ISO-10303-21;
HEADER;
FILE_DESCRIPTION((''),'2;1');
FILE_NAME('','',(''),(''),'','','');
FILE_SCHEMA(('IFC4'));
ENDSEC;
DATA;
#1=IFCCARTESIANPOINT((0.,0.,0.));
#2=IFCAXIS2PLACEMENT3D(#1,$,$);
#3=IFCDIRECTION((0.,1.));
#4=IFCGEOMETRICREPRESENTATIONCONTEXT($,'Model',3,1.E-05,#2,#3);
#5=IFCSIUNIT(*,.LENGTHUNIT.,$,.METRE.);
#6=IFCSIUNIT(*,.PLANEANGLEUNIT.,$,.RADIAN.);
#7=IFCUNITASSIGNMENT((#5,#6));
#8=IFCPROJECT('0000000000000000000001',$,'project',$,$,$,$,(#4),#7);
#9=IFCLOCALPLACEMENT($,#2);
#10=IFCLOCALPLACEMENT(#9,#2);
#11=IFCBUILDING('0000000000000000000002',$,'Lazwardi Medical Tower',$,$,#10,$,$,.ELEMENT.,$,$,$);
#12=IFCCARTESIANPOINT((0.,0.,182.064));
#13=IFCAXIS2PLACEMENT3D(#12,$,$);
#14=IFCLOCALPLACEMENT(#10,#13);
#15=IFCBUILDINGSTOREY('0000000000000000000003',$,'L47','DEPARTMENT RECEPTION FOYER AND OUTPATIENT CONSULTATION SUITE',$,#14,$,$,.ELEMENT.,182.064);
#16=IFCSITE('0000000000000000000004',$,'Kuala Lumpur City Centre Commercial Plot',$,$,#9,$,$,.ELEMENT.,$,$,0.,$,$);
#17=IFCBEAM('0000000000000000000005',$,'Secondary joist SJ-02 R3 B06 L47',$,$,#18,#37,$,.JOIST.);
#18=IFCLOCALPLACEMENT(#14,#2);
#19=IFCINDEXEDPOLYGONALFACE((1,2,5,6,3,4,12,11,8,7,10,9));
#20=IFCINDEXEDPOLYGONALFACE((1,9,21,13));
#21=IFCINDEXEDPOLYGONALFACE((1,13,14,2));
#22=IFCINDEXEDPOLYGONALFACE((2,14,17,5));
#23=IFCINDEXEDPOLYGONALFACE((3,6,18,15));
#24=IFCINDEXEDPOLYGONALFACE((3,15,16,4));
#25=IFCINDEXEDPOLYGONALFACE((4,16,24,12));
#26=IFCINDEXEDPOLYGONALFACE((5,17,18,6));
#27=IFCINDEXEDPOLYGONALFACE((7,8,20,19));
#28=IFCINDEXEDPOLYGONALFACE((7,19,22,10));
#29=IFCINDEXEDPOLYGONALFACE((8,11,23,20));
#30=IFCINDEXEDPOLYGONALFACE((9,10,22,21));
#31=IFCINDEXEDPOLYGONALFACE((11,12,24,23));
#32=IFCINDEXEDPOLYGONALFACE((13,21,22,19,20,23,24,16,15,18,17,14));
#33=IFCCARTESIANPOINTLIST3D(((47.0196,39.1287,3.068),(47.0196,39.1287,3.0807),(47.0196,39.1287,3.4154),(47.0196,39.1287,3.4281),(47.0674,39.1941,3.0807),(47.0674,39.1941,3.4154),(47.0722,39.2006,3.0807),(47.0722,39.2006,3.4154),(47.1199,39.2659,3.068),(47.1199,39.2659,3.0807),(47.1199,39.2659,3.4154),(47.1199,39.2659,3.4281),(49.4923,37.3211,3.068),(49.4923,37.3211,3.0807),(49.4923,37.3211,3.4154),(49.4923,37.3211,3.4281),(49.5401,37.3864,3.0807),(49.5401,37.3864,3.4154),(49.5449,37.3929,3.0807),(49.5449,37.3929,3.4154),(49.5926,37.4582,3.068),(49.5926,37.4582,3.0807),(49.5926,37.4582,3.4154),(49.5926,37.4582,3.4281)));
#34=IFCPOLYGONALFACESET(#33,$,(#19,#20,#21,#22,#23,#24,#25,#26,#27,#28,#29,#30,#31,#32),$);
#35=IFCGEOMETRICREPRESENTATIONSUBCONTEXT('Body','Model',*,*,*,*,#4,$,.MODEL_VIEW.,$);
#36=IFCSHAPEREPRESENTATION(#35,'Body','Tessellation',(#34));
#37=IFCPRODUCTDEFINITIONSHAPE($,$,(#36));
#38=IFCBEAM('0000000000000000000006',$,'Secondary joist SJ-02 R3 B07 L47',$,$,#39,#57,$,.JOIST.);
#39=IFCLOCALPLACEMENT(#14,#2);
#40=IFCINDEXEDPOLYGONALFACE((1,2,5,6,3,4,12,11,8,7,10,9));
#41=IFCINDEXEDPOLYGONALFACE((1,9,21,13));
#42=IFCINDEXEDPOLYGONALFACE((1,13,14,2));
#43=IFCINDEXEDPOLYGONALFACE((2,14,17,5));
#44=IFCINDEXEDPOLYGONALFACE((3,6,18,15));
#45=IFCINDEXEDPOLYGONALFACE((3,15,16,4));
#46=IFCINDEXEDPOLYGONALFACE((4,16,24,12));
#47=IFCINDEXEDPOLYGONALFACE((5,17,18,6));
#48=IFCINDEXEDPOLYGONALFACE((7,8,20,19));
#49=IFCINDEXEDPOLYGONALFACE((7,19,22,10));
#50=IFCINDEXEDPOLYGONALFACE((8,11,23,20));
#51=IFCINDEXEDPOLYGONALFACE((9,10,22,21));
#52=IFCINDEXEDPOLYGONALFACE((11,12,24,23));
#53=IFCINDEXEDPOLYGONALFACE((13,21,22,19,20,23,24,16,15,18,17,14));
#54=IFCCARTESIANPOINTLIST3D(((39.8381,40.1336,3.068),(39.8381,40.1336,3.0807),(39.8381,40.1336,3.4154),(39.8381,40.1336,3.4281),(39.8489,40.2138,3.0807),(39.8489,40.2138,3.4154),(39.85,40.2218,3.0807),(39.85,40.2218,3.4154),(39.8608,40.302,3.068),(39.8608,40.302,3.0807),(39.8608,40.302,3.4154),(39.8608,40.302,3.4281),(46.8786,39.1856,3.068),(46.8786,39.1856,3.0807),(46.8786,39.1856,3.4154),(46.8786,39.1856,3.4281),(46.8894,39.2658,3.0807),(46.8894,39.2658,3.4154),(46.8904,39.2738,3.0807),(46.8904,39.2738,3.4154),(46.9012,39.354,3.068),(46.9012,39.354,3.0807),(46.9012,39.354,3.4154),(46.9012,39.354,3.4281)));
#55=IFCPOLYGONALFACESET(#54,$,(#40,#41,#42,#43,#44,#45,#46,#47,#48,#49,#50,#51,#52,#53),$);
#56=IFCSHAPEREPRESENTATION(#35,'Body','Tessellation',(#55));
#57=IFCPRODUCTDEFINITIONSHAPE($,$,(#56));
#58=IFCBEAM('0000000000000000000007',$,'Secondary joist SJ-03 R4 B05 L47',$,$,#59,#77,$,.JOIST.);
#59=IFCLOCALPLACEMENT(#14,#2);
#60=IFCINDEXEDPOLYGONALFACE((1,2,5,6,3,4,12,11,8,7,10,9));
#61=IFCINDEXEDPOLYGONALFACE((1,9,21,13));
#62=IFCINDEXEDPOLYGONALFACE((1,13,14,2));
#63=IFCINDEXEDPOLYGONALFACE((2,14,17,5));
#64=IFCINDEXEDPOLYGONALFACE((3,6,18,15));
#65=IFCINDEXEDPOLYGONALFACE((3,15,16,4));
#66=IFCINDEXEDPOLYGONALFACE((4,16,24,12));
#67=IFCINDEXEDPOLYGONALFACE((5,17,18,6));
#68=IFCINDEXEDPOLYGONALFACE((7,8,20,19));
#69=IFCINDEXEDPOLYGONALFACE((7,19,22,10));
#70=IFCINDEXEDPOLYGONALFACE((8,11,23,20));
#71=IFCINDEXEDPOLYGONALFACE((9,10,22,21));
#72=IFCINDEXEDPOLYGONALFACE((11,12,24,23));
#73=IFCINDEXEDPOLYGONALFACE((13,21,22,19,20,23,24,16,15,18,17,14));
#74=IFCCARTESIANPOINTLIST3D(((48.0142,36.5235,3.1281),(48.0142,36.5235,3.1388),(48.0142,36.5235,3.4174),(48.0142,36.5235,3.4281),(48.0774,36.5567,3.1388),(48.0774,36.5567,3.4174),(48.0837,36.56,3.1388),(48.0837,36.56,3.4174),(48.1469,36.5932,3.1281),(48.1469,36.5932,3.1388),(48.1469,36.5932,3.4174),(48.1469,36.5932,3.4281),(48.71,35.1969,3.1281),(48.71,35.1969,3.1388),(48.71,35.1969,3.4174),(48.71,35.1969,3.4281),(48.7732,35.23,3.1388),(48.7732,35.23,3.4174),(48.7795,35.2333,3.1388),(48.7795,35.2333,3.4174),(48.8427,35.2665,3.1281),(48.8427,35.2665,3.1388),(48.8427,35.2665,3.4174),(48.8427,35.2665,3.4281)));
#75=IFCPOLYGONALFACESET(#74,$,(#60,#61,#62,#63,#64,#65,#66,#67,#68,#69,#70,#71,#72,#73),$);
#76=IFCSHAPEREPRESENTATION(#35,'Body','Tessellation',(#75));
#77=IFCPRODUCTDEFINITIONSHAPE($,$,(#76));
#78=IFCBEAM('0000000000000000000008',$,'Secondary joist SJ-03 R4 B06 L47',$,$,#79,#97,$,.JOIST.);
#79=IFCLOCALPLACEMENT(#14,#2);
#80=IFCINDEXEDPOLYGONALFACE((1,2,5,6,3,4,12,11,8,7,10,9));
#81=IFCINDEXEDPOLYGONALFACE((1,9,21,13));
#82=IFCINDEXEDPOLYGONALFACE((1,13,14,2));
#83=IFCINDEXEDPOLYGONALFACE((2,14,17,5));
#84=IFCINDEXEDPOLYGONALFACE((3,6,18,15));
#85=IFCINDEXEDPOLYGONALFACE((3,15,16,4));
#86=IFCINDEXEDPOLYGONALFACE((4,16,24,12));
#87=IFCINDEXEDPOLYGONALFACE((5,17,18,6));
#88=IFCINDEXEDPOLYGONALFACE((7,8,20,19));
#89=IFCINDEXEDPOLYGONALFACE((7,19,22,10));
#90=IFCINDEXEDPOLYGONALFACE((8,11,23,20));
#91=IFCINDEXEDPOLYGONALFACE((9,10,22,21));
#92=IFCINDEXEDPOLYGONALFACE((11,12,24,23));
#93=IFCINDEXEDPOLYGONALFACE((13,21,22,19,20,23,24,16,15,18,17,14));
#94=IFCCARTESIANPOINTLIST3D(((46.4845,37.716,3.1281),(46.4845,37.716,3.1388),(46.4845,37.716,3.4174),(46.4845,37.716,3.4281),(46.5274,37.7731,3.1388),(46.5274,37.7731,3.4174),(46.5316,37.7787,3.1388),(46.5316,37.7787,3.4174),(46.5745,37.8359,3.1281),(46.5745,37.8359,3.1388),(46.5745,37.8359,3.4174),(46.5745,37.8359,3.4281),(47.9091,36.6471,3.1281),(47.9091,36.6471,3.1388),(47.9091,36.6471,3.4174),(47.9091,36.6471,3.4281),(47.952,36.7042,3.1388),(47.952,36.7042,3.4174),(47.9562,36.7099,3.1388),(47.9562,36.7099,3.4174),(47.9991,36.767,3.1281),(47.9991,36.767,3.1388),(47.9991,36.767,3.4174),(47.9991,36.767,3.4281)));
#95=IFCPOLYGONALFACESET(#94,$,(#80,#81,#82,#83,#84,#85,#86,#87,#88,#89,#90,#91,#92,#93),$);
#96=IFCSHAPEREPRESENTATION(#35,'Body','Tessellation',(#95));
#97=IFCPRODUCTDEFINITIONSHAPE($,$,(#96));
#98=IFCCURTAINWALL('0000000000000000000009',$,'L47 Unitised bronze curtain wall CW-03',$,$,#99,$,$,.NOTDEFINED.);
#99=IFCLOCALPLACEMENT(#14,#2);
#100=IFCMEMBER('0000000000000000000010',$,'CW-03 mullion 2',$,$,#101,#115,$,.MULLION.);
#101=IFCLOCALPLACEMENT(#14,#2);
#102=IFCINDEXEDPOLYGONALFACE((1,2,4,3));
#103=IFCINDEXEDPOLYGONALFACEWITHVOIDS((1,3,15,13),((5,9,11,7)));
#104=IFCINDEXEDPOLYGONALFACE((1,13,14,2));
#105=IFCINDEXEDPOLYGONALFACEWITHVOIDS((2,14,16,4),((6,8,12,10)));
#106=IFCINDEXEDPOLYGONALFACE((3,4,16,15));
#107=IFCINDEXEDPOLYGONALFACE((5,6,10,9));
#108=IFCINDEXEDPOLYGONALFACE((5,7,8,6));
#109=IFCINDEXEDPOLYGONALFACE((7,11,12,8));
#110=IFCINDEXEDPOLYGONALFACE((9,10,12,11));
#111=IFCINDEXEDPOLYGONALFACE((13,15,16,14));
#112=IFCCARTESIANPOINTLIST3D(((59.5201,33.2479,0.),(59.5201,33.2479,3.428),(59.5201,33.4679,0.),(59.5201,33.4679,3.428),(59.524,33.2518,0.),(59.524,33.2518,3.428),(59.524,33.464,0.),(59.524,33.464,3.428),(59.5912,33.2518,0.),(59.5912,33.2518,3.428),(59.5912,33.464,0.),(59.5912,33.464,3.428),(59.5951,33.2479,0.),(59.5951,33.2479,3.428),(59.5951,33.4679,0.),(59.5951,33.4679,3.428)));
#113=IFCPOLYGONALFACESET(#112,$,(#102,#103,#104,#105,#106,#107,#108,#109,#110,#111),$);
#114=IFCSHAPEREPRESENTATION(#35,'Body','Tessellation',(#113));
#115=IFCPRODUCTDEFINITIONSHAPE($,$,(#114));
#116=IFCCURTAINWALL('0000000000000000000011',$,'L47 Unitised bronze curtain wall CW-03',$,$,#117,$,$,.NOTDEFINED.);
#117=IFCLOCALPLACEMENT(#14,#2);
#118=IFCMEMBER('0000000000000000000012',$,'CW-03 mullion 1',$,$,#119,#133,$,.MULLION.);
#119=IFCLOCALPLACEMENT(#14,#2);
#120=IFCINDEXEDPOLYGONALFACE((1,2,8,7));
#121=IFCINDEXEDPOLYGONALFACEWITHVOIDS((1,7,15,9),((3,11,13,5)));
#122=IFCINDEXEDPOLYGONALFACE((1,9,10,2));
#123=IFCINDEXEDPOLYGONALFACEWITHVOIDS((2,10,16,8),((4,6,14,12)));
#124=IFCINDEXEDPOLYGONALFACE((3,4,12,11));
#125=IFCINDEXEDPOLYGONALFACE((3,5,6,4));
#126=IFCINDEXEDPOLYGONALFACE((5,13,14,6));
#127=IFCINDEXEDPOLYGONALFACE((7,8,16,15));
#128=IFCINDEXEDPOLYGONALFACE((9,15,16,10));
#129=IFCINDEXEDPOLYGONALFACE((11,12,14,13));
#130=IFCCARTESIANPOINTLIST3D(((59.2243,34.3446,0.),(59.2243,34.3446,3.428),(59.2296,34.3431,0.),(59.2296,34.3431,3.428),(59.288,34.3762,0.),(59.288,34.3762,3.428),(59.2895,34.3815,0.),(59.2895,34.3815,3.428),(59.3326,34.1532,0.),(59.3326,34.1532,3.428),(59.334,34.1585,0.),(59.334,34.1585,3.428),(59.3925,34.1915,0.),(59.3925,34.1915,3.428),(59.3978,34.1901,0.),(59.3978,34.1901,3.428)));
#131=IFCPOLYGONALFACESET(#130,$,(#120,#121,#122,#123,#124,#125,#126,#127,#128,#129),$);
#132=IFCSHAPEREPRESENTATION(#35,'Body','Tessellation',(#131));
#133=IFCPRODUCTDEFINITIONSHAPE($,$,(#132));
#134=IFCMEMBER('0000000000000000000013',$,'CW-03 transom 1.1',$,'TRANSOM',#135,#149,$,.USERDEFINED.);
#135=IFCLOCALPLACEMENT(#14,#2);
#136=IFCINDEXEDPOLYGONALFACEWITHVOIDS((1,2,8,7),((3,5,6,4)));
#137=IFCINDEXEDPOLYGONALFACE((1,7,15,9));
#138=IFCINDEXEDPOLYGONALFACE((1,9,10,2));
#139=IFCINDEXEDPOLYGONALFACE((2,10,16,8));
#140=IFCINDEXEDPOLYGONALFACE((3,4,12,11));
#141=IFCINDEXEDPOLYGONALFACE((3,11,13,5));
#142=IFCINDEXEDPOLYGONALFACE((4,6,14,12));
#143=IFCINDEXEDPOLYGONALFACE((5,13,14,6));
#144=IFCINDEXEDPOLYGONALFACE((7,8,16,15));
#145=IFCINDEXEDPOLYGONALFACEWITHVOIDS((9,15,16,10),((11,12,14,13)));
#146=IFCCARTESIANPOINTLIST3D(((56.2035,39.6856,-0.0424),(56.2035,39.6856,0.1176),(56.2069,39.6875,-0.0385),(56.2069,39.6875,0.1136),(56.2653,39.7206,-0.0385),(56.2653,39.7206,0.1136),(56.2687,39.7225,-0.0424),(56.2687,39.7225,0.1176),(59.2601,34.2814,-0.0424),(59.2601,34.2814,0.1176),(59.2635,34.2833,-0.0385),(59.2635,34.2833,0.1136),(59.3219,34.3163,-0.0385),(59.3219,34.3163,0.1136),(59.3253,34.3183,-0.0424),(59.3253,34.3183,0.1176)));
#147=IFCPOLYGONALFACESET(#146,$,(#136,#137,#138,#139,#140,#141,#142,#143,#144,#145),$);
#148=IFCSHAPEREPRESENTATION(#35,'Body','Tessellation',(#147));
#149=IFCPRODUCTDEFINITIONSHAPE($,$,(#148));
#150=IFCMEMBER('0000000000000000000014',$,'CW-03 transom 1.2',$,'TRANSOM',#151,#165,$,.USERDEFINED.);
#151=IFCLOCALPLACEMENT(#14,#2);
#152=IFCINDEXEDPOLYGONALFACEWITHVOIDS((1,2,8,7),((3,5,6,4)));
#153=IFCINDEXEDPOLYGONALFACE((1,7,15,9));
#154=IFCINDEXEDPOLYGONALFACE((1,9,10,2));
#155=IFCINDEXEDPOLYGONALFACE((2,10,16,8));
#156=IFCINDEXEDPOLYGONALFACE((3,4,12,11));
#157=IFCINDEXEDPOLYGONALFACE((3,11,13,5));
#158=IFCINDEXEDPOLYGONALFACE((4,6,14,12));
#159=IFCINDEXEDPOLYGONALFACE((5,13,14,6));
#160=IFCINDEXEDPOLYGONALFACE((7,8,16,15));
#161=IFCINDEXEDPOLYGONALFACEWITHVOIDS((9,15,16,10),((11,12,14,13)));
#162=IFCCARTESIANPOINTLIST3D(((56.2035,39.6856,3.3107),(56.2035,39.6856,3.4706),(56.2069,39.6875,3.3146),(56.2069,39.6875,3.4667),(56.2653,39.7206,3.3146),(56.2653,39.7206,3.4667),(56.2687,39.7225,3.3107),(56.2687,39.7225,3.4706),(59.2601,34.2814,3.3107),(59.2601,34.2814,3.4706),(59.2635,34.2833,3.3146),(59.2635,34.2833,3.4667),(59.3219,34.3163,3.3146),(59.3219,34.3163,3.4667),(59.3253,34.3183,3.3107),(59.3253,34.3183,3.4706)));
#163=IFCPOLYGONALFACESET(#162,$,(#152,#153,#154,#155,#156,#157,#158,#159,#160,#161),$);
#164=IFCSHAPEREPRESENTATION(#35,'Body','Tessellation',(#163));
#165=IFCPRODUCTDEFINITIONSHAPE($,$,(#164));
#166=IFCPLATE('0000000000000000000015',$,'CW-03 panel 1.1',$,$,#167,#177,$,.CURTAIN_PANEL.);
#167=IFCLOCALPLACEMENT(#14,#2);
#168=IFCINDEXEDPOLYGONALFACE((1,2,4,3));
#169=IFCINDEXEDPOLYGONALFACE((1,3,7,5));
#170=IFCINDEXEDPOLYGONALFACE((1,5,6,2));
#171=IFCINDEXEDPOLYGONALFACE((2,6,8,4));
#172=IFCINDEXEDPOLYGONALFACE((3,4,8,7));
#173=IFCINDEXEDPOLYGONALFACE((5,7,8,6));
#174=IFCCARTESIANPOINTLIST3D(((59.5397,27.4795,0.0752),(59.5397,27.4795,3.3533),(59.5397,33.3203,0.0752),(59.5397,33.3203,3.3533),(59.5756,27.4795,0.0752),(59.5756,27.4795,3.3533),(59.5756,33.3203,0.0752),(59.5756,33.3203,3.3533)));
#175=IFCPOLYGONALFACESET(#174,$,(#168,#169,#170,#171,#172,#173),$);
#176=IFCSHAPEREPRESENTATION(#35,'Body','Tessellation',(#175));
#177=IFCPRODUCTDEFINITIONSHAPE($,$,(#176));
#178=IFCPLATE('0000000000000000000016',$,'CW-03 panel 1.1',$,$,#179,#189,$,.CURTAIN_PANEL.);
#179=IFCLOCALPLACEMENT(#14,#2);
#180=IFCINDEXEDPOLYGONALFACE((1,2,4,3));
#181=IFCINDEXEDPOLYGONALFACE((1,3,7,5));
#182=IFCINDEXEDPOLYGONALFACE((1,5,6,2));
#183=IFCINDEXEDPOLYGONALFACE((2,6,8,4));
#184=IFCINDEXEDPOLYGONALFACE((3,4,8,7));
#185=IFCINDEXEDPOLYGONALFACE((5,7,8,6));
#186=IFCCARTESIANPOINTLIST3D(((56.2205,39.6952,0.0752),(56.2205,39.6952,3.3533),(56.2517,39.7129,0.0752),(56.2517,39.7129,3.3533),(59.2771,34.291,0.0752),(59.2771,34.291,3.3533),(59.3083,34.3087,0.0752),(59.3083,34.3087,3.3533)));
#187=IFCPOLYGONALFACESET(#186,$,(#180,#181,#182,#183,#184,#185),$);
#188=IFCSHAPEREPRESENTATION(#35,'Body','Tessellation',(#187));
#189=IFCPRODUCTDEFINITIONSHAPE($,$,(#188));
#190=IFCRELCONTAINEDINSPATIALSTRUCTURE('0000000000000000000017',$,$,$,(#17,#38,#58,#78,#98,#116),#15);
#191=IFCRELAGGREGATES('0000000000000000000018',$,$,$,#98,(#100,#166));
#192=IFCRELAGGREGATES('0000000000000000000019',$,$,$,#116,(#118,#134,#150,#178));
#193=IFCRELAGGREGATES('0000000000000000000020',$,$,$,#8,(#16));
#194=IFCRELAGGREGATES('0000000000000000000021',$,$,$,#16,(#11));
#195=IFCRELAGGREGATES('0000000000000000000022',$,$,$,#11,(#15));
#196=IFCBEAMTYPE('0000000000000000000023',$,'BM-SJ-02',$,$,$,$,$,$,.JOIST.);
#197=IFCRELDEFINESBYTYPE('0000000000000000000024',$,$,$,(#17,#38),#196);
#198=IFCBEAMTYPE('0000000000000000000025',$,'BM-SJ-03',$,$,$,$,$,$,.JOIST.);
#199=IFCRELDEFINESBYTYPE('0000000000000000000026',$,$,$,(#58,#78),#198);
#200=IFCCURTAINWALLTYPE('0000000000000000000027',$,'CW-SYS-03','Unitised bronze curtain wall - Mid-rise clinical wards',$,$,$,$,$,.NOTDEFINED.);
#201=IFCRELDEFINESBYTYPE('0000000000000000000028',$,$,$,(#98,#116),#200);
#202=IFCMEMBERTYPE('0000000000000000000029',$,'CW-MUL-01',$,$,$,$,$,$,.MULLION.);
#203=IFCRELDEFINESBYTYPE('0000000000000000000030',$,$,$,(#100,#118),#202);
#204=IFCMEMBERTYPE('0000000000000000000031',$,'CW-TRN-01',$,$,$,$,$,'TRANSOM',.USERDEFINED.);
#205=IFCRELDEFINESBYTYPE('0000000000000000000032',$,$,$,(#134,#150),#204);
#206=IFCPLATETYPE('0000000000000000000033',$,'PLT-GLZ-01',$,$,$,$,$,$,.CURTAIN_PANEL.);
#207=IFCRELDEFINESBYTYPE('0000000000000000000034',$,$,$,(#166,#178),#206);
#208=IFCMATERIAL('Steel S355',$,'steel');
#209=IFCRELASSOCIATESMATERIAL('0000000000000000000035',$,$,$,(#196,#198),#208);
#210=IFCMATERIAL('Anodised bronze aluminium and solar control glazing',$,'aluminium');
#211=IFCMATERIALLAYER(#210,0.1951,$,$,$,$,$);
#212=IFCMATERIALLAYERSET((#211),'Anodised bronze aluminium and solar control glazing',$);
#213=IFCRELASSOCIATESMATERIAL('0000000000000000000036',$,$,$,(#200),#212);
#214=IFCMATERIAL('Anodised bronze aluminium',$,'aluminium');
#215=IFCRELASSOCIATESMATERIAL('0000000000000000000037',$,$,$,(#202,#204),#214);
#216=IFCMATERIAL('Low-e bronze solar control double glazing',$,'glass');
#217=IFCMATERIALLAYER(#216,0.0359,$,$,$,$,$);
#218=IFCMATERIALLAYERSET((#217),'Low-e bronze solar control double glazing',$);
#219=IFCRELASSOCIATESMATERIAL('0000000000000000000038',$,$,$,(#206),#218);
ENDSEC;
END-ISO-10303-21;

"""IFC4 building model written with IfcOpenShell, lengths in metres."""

from ifc_helpers import new_model, si_unit, direction, frame, origin, origin_2d, place, context, subcontext, project, spatial, rectangle, hollow_rectangle, i_section, extrude, material, layer, layer_set, material_profile, profile_set, type_object, element, aggregate, save


model = new_model("IFC4")

# Units and contexts
model_context = context("Model", 3, precision=1e-05, world=origin(), true_north=direction((0.0, 1.0)))
body_context = subcontext(model_context, "Body", "Model", "MODEL_VIEW")
ifc_project = project(units=[si_unit("LENGTHUNIT", "METRE"), si_unit("PLANEANGLEUNIT", "RADIAN")], contexts=[model_context])

# Site, building, storey
site_placement = place(None, origin())
site = spatial("IfcSite", under=ifc_project, at=site_placement, Name="Kuala Lumpur City Centre Commercial Plot", CompositionType="ELEMENT", RefElevation=0.0)
building_placement = place(site_placement, origin())
building = spatial("IfcBuilding", under=site, at=building_placement, Name="Lazwardi Medical Tower", CompositionType="ELEMENT")
storey_placement = place(building_placement, frame((0.0, 0.0, 182.064)))
storey = spatial("IfcBuildingStorey", under=building, at=storey_placement, Name="L47", Description="DEPARTMENT RECEPTION FOYER AND OUTPATIENT CONSULTATION SUITE", CompositionType="ELEMENT", Elevation=182.064)

# Beams
ifc_material_1 = material(Name="Steel S355", Category="steel")
ifc_material_profile_1 = material_profile(ifc_material_1, i_section(OverallWidth=0.1699, OverallDepth=0.3601, WebThickness=0.0081, FlangeThickness=0.0127, at=origin_2d()), Name="IPE 360")
ifc_profile_set_1 = profile_set([ifc_material_profile_1], Name="Steel S355")
beam_type_1 = type_object("IfcBeamType", Name="BM-SJ-02", PredefinedType="JOIST", material=ifc_profile_set_1)
beam_1_placement = place(storey_placement, frame((49.5425, 37.3896, 3.248), z_axis=(-0.807286, 0.59016, 0.0), x_axis=(-0.59016, -0.807286, 0.0)))
element("IfcBeam", 1, at=beam_1_placement, inside=storey, type_object=beam_type_1, Name="Secondary joist SJ-02 R3 B06 L47", PredefinedType="JOIST", context=body_context, shape_type="SweptSolid", body=[
    extrude(i_section(OverallWidth=0.1699, OverallDepth=0.3601, WebThickness=0.0081, FlangeThickness=0.0127, at=origin_2d()), origin(), (0.0, 0.0, 1.0), 3.063),
])
beam_2_placement = place(storey_placement, frame((46.8899, 39.2698, 3.248), z_axis=(-0.991056, 0.133444, 0.0), x_axis=(-0.133444, -0.991056, 0.0)))
element("IfcBeam", 2, at=beam_2_placement, inside=storey, type_object=beam_type_1, Name="Secondary joist SJ-02 R3 B07 L47", PredefinedType="JOIST", context=body_context, shape_type="SweptSolid", body=[
    extrude(i_section(OverallWidth=0.1699, OverallDepth=0.3601, WebThickness=0.0081, FlangeThickness=0.0127, at=origin_2d()), origin(), (0.0, 0.0, 1.0), 7.104),
])
ifc_material_profile_2 = material_profile(ifc_material_1, i_section(OverallWidth=0.1499, OverallDepth=0.3, WebThickness=0.0071, FlangeThickness=0.0107, at=origin_2d()), Name="IPE 300")
ifc_profile_set_2 = profile_set([ifc_material_profile_2], Name="Steel S355")
beam_type_2 = type_object("IfcBeamType", Name="BM-SJ-03", PredefinedType="JOIST", material=ifc_profile_set_2)
beam_3_placement = place(storey_placement, frame((48.7764, 35.2317, 3.2781), z_axis=(-0.46447, 0.885589, 0.0), x_axis=(-0.885589, -0.46447, 0.0)))
element("IfcBeam", 3, at=beam_3_placement, inside=storey, type_object=beam_type_2, Name="Secondary joist SJ-03 R4 B05 L47", PredefinedType="JOIST", context=body_context, shape_type="SweptSolid", body=[
    extrude(i_section(OverallWidth=0.1499, OverallDepth=0.3, WebThickness=0.0071, FlangeThickness=0.0107, at=origin_2d()), origin(), (0.0, 0.0, 1.0), 1.498),
])
beam_4_placement = place(storey_placement, frame((47.9541, 36.707, 3.2781), z_axis=(-0.799885, 0.600154, 0.0), x_axis=(-0.600154, -0.799885, 0.0)))
element("IfcBeam", 4, at=beam_4_placement, inside=storey, type_object=beam_type_2, Name="Secondary joist SJ-03 R4 B06 L47", PredefinedType="JOIST", context=body_context, shape_type="SweptSolid", body=[
    extrude(i_section(OverallWidth=0.1499, OverallDepth=0.3, WebThickness=0.0071, FlangeThickness=0.0107, at=origin_2d()), origin(), (0.0, 0.0, 1.0), 1.781),
])

# Curtain wall, member
ifc_material_2 = material(Name="Anodised bronze aluminium and solar control glazing", Category="aluminium")
ifc_layer_1 = layer(ifc_material_2, 0.1951)
ifc_layer_set_1 = layer_set([ifc_layer_1], Name="Anodised bronze aluminium and solar control glazing")
curtain_wall_type = type_object("IfcCurtainWallType", Name="CW-SYS-03", Description="Unitised bronze curtain wall - Mid-rise clinical wards", PredefinedType="NOTDEFINED", material=ifc_layer_set_1)
curtain_wall_1_placement = place(storey_placement, origin())
curtain_wall_1 = element("IfcCurtainWall", 5, at=curtain_wall_1_placement, inside=storey, type_object=curtain_wall_type, Name="L47 Unitised bronze curtain wall CW-03", PredefinedType="NOTDEFINED")
ifc_material_3 = material(Name="Anodised bronze aluminium", Category="aluminium")
ifc_material_profile_3 = material_profile(ifc_material_3, hollow_rectangle(XDim=0.075, YDim=0.22, WallThickness=0.0039, at=origin_2d()), Name="ALU-MULLION 220x75x4")
ifc_profile_set_3 = profile_set([ifc_material_profile_3], Name="Anodised bronze aluminium")
member_type_1 = type_object("IfcMemberType", Name="CW-MUL-01", PredefinedType="MULLION", material=ifc_profile_set_3)
member_1_placement = place(storey_placement, frame((59.5576, 33.3579, 0.0), z_axis=(0.0, 0.0, 1.0), x_axis=(-1.0, 0.0, 0.0)))
member_1 = element("IfcMember", 6, at=member_1_placement, type_object=member_type_1, Name="CW-03 mullion 2", PredefinedType="MULLION", context=body_context, shape_type="SweptSolid", body=[
    extrude(hollow_rectangle(XDim=0.075, YDim=0.22, WallThickness=0.0039, at=origin_2d()), origin(), (0.0, 0.0, 1.0), 3.428),
])

# Curtain wall, members
curtain_wall_2_placement = place(storey_placement, origin())
curtain_wall_2 = element("IfcCurtainWall", 7, at=curtain_wall_2_placement, inside=storey, type_object=curtain_wall_type, Name="L47 Unitised bronze curtain wall CW-03", PredefinedType="NOTDEFINED")
member_2_placement = place(storey_placement, frame((59.311, 34.2673, 0.0), z_axis=(0.0, 0.0, 1.0), x_axis=(-0.870419, -0.492312, 0.0)))
member_2 = element("IfcMember", 8, at=member_2_placement, type_object=member_type_1, Name="CW-03 mullion 1", PredefinedType="MULLION", context=body_context, shape_type="SweptSolid", body=[
    extrude(hollow_rectangle(XDim=0.075, YDim=0.22, WallThickness=0.0039, at=origin_2d()), origin(), (0.0, 0.0, 1.0), 3.428),
])
ifc_material_profile_4 = material_profile(ifc_material_3, hollow_rectangle(XDim=0.075, YDim=0.1599, WallThickness=0.0039, at=origin_2d()), Name="ALU-TRANSOM 160x75x4")
ifc_profile_set_4 = profile_set([ifc_material_profile_4], Name="Anodised bronze aluminium")
member_type_2 = type_object("IfcMemberType", Name="CW-TRN-01", ElementType="TRANSOM", PredefinedType="USERDEFINED", material=ifc_profile_set_4)
member_3_placement = place(storey_placement, frame((59.2927, 34.2998, 0.0376), z_axis=(-0.492306, 0.870422, 0.0), x_axis=(-0.870422, -0.492306, 0.0)))
member_3 = element("IfcMember", 9, at=member_3_placement, type_object=member_type_2, Name="CW-03 transom 1.1", ObjectType="TRANSOM", PredefinedType="USERDEFINED", context=body_context, shape_type="SweptSolid", body=[
    extrude(hollow_rectangle(XDim=0.075, YDim=0.1599, WallThickness=0.0039, at=origin_2d()), origin(), (0.0, 0.0, 1.0), 6.2087),
])
member_4_placement = place(storey_placement, frame((59.2927, 34.2998, 3.3906), z_axis=(-0.492306, 0.870422, 0.0), x_axis=(-0.870422, -0.492306, 0.0)))
member_4 = element("IfcMember", 10, at=member_4_placement, type_object=member_type_2, Name="CW-03 transom 1.2", ObjectType="TRANSOM", PredefinedType="USERDEFINED", context=body_context, shape_type="SweptSolid", body=[
    extrude(hollow_rectangle(XDim=0.075, YDim=0.1599, WallThickness=0.0039, at=origin_2d()), origin(), (0.0, 0.0, 1.0), 6.2087),
])

# Plates
ifc_material_4 = material(Name="Low-e bronze solar control double glazing", Category="glass")
ifc_layer_2 = layer(ifc_material_4, 0.0359)
ifc_layer_set_2 = layer_set([ifc_layer_2], Name="Low-e bronze solar control double glazing")
plate_type = type_object("IfcPlateType", Name="PLT-GLZ-01", PredefinedType="CURTAIN_PANEL", material=ifc_layer_set_2)
plate_1_placement = place(storey_placement, frame((59.5576, 30.3999, 0.0752), z_axis=(0.0, 0.0, 1.0), x_axis=(0.0, 1.0, 0.0)))
plate_1 = element("IfcPlate", 11, at=plate_1_placement, type_object=plate_type, Name="CW-03 panel 1.1", PredefinedType="CURTAIN_PANEL", context=body_context, shape_type="SweptSolid", body=[
    extrude(rectangle(XDim=5.8408, YDim=0.0359, at=origin_2d()), origin(), (0.0, 0.0, 1.0), 3.2781),
])
aggregate(curtain_wall_1, [member_1, plate_1])
plate_2_placement = place(storey_placement, frame((57.7644, 37.002, 0.0752), z_axis=(0.0, 0.0, 1.0), x_axis=(-0.492312, 0.870419, 0.0)))
plate_2 = element("IfcPlate", 12, at=plate_2_placement, type_object=plate_type, Name="CW-03 panel 1.1", PredefinedType="CURTAIN_PANEL", context=body_context, shape_type="SweptSolid", body=[
    extrude(rectangle(XDim=6.2087, YDim=0.0359, at=origin_2d()), origin(), (0.0, 0.0, 1.0), 3.2781),
])
aggregate(curtain_wall_2, [member_2, member_3, member_4, plate_2])

save(model, "model.ifc")
